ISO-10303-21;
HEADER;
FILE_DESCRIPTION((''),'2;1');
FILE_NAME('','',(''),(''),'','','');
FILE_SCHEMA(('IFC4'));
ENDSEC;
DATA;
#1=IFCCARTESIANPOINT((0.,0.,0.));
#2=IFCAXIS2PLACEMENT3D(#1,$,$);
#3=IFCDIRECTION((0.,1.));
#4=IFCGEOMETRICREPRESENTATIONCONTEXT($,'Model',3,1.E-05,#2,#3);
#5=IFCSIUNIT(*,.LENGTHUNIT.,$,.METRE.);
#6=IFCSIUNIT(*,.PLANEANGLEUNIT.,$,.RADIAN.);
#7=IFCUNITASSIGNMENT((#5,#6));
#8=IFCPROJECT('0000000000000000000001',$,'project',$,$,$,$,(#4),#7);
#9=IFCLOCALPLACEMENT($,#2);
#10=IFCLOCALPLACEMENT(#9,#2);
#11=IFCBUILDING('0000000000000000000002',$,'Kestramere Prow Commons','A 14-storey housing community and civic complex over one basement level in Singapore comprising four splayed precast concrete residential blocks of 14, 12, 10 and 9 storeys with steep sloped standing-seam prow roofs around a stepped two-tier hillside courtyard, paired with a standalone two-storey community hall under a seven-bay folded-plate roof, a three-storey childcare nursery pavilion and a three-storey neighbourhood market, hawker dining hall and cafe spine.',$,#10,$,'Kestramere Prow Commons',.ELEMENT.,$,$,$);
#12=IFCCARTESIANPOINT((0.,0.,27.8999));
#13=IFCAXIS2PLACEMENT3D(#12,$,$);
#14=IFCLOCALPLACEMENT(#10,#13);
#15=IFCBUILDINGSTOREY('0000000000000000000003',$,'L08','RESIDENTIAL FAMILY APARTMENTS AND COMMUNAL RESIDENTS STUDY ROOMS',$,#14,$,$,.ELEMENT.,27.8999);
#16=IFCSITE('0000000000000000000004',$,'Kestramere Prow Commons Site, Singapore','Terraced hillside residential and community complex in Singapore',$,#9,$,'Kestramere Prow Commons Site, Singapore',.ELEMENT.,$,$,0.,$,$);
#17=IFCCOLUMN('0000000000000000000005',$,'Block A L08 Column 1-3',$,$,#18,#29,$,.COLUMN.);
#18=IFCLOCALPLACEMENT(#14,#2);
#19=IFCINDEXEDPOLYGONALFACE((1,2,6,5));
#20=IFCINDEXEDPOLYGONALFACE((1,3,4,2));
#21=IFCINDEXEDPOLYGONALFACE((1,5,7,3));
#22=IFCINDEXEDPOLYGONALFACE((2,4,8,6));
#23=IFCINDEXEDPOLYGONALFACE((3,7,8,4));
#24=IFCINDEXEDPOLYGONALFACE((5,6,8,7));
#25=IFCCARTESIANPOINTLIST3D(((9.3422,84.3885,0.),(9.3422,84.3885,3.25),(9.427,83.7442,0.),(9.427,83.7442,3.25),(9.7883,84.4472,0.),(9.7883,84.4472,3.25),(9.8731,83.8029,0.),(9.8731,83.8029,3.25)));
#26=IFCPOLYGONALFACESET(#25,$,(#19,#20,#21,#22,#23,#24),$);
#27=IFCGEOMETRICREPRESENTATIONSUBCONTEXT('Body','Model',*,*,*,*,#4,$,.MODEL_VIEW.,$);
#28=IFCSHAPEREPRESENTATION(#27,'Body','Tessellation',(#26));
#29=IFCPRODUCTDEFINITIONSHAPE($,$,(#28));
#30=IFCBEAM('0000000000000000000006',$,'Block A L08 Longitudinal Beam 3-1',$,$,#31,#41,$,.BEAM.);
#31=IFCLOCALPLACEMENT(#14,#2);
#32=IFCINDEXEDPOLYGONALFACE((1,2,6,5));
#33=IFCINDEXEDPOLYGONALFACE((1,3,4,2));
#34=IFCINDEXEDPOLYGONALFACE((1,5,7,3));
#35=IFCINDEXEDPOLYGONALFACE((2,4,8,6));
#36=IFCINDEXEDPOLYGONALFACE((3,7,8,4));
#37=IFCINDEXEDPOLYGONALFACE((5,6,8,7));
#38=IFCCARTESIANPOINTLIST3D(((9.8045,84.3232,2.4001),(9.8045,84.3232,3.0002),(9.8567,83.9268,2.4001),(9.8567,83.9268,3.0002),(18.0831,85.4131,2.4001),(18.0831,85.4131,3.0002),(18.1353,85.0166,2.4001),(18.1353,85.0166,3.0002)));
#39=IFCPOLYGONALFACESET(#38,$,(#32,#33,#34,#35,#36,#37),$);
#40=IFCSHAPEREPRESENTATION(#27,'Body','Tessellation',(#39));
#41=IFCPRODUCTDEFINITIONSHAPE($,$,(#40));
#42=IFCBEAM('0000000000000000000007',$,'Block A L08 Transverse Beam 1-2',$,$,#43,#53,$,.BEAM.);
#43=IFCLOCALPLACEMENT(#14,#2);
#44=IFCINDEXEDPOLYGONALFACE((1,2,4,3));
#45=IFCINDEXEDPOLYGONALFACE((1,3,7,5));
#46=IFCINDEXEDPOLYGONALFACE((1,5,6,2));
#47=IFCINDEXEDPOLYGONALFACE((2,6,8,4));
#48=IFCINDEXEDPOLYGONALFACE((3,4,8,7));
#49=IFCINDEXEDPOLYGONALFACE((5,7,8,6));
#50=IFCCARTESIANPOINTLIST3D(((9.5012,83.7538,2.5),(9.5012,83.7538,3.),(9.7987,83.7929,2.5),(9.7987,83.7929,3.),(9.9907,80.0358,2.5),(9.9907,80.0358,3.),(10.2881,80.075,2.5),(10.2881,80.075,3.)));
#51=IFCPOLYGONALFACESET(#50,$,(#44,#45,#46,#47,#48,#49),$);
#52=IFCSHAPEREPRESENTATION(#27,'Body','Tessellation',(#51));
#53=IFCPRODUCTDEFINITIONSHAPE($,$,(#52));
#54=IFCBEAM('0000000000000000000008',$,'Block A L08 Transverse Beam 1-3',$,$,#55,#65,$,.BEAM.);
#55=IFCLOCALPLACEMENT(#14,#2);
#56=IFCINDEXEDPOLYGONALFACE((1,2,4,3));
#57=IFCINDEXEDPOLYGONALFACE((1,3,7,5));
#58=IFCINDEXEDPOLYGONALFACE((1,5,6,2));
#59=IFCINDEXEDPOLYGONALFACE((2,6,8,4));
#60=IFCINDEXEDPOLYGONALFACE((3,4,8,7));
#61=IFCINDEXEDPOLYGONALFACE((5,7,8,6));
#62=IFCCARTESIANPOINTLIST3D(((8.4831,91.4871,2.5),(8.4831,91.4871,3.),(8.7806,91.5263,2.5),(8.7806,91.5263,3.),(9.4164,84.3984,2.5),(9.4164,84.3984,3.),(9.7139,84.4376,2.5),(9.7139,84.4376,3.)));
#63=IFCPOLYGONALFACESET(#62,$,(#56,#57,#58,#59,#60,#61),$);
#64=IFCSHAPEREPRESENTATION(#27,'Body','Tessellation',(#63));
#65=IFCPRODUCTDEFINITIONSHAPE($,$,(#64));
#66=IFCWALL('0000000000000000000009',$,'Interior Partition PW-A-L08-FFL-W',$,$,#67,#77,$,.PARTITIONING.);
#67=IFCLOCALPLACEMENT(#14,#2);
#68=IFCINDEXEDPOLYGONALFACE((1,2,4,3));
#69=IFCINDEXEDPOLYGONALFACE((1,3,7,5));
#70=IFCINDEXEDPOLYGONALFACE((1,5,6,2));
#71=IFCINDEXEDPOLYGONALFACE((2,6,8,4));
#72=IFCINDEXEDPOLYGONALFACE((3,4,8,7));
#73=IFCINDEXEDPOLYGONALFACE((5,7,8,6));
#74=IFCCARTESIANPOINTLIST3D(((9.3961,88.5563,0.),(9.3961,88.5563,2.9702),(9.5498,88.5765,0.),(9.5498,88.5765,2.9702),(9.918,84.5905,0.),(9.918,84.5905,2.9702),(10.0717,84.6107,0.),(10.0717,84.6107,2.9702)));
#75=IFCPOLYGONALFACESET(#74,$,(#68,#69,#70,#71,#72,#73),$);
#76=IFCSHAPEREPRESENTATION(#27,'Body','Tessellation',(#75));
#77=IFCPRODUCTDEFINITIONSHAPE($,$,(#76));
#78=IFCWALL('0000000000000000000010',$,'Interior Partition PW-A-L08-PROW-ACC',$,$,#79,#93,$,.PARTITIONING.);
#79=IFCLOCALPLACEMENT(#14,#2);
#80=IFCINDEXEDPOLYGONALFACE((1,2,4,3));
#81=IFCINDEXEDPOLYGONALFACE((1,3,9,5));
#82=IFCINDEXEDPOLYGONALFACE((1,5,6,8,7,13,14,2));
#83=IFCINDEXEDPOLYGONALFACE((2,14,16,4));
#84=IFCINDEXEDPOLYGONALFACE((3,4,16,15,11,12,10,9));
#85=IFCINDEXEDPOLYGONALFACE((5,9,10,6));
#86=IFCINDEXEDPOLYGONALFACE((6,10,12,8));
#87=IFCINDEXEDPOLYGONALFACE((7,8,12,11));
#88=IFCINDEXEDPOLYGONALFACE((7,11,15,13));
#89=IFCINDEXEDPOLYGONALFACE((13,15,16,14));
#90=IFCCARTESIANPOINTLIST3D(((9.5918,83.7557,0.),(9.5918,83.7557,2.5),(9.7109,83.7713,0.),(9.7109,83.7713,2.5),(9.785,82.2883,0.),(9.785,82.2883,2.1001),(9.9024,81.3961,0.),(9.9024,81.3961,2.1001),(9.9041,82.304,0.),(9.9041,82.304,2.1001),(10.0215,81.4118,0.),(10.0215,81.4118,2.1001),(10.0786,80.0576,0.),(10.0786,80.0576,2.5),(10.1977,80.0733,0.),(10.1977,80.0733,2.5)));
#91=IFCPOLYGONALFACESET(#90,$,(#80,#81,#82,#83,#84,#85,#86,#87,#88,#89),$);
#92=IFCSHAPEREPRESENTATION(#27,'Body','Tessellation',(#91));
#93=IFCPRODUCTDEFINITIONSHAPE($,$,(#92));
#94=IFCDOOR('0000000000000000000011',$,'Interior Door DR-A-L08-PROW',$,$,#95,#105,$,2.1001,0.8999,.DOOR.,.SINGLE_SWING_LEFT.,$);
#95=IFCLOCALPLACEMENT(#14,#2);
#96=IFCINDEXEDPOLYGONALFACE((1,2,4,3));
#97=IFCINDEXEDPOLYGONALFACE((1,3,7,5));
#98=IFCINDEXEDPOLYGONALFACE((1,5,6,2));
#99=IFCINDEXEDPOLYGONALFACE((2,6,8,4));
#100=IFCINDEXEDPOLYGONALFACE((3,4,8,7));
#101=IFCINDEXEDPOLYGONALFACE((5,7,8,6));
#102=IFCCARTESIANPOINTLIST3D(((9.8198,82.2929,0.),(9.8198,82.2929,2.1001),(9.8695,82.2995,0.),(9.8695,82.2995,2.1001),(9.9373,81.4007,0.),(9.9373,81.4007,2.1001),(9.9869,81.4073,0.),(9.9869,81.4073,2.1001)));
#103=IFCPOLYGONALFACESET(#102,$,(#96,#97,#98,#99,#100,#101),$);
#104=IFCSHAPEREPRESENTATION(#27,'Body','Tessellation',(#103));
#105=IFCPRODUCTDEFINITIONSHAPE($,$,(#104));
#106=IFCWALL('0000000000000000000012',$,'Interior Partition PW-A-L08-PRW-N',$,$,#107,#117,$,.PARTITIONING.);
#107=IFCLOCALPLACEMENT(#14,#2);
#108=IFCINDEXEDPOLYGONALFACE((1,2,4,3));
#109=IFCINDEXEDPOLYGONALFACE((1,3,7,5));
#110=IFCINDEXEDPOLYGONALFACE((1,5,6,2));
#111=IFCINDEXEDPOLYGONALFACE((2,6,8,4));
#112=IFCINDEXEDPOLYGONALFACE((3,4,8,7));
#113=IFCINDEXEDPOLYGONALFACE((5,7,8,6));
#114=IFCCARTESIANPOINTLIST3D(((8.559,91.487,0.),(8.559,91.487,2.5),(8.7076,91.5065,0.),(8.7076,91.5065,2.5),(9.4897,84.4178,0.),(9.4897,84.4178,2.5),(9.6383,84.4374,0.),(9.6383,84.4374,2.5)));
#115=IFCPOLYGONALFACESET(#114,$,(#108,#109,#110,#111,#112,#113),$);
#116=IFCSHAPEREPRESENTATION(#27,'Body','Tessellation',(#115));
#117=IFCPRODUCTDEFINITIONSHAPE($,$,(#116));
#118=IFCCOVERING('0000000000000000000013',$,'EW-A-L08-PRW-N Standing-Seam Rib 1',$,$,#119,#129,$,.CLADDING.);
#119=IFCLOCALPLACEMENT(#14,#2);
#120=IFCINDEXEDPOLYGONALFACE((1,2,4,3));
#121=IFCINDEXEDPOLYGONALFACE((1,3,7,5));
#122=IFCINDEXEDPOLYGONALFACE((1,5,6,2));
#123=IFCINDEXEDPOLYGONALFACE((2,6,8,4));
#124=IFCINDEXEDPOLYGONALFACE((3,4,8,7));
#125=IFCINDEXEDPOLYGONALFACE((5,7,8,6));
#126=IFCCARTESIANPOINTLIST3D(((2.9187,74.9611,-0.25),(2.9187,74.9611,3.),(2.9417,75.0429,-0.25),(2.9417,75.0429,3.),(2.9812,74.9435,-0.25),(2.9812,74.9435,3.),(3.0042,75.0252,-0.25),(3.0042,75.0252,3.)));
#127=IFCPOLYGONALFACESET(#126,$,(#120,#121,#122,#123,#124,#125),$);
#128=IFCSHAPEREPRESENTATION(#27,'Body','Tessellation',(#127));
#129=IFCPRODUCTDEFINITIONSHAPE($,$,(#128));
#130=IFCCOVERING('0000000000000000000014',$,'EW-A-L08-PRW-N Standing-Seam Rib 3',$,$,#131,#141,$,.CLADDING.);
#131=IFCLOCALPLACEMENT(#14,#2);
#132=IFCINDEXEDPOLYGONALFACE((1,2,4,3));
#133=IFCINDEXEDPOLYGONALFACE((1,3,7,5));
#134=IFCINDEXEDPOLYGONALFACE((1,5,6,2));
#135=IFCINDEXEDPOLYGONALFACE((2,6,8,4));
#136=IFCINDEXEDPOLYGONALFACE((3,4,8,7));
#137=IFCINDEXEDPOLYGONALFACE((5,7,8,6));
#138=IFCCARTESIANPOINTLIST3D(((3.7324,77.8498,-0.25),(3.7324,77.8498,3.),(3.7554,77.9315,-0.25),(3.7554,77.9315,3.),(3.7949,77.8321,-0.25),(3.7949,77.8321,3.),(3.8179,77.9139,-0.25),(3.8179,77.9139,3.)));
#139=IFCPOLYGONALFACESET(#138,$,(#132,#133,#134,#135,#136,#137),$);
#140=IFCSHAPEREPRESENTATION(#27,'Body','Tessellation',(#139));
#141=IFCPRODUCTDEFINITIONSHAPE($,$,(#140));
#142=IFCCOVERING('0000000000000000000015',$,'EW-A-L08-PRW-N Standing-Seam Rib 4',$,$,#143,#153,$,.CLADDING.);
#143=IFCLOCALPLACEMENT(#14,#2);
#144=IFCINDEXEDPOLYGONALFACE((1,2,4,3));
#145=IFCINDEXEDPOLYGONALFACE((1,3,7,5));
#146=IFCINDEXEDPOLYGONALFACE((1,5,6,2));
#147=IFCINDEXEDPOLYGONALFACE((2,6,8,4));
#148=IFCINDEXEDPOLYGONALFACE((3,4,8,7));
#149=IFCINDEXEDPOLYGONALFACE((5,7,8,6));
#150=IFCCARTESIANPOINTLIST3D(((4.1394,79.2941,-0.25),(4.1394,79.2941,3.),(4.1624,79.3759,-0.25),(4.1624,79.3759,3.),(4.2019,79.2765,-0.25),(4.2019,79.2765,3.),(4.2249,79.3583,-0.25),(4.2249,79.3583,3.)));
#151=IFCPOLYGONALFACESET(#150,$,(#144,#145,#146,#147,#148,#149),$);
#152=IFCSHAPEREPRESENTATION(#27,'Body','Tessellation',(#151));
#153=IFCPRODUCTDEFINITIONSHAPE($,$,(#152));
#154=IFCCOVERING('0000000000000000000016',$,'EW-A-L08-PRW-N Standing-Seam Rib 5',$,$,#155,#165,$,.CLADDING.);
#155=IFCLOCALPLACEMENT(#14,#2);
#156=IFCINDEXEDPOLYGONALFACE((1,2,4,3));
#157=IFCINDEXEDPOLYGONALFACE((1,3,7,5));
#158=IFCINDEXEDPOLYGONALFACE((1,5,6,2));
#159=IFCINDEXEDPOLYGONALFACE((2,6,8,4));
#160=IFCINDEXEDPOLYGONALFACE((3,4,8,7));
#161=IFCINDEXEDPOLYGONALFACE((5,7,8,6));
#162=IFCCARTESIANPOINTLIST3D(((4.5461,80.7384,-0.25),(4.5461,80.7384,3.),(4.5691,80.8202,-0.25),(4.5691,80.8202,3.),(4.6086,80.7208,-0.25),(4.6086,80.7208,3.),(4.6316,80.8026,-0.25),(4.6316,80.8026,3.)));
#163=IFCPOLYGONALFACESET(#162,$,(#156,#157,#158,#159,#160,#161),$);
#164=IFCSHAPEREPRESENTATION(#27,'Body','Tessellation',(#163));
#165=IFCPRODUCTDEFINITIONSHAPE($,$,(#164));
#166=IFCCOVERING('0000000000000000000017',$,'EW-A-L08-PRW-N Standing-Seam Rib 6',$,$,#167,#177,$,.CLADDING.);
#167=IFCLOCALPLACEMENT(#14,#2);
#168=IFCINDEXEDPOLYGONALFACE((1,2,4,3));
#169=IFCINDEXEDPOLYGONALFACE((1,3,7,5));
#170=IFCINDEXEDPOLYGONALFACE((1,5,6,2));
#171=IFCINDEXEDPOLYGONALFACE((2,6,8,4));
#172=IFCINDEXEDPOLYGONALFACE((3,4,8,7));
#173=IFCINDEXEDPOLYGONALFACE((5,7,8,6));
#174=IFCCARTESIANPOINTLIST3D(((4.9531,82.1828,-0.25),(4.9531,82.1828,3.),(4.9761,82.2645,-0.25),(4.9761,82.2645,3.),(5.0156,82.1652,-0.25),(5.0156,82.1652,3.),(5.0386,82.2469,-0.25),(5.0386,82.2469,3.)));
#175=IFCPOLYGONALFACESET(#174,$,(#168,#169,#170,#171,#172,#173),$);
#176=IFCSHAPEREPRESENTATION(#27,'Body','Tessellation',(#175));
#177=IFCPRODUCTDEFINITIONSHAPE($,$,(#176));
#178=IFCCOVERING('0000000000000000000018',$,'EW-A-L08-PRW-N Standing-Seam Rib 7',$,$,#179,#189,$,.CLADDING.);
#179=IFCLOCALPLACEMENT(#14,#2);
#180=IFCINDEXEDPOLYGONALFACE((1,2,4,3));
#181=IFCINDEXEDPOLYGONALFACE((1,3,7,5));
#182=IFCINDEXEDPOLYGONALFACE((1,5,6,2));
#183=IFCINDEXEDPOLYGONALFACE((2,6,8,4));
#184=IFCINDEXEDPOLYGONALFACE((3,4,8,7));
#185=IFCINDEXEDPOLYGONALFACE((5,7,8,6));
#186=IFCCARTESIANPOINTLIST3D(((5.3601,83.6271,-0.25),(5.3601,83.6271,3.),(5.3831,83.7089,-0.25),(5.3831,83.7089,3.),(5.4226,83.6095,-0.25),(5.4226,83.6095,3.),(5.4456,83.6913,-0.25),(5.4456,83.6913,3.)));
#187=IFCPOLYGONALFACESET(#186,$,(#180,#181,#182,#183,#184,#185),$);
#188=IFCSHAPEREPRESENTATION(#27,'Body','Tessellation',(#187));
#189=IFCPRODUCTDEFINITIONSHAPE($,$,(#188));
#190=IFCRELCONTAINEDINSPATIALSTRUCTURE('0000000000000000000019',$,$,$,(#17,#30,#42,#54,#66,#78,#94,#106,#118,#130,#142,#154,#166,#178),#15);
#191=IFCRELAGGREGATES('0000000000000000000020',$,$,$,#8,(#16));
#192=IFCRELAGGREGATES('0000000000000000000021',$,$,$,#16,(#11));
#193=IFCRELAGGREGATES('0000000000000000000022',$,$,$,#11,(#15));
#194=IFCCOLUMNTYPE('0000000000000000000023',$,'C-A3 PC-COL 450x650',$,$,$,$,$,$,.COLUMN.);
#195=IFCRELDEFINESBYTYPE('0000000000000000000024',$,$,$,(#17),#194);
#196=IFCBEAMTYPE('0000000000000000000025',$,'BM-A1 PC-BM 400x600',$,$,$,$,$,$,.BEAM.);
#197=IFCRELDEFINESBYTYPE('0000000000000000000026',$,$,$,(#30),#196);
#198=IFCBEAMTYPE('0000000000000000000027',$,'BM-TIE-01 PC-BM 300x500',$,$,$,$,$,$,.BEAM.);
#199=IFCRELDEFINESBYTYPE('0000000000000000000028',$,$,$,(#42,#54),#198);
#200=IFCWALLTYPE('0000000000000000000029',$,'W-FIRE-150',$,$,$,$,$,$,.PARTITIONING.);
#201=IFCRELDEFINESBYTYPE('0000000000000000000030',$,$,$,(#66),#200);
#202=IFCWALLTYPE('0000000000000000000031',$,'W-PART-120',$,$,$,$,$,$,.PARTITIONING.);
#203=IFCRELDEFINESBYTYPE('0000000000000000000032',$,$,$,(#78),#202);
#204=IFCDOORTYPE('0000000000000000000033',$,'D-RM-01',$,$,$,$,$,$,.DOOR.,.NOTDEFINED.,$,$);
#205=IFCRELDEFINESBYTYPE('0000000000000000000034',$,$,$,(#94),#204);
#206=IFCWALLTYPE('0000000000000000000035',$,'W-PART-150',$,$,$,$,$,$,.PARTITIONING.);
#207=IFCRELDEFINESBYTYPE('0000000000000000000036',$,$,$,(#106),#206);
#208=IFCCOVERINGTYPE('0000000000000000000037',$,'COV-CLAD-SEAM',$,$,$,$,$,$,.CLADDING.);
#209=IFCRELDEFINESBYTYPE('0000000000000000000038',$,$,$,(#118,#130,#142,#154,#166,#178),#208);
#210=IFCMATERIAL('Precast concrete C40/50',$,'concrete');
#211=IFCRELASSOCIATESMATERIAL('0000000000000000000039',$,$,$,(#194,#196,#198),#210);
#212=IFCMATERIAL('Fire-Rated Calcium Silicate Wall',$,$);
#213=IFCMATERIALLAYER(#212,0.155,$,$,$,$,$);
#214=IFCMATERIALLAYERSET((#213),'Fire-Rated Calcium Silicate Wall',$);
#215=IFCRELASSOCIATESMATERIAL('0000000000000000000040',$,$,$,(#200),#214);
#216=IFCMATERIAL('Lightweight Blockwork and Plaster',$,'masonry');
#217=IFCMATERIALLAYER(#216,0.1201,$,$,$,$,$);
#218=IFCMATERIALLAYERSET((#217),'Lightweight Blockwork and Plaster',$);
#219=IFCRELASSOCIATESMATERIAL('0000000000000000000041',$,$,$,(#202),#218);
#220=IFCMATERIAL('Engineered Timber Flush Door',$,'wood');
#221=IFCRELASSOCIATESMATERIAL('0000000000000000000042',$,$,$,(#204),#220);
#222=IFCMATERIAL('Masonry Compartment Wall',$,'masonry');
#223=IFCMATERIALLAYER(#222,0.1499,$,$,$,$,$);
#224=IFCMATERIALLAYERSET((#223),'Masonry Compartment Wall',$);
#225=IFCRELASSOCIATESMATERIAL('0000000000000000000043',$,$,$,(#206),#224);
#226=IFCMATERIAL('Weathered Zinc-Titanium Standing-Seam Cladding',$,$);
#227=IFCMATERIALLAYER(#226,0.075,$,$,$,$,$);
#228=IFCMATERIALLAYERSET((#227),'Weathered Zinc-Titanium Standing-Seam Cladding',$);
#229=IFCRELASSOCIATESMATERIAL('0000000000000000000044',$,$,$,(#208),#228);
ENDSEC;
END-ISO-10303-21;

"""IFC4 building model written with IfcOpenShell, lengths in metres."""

from ifc_helpers import new_model, si_unit, direction, frame, frame_2d, origin, origin_2d, place, context, subcontext, project, spatial, rectangle, extrude, material, layer, layer_set, material_profile, profile_set, type_object, element, fill, save


model = new_model("IFC4")

# Units and contexts
model_context = context("Model", 3, precision=1e-05, world=origin(), true_north=direction((0.0, 1.0)))
body_context = subcontext(model_context, "Body", "Model", "MODEL_VIEW")
ifc_project = project(units=[si_unit("LENGTHUNIT", "METRE"), si_unit("PLANEANGLEUNIT", "RADIAN")], contexts=[model_context])

# Site, building, storey
site_placement = place(None, origin())
site = spatial("IfcSite", under=ifc_project, at=site_placement, Name="Kestramere Prow Commons Site, Singapore", Description="Terraced hillside residential and community complex in Singapore", LongName="Kestramere Prow Commons Site, Singapore", CompositionType="ELEMENT", RefElevation=0.0)
building_placement = place(site_placement, origin())
building = spatial("IfcBuilding", under=site, at=building_placement, Name="Kestramere Prow Commons", Description="A 14-storey housing community and civic complex over one basement level in Singapore comprising four splayed precast concrete residential blocks of 14, 12, 10 and 9 storeys with steep sloped standing-seam prow roofs around a stepped two-tier hillside courtyard, paired with a standalone two-storey community hall under a seven-bay folded-plate roof, a three-storey childcare nursery pavilion and a three-storey neighbourhood market, hawker dining hall and cafe spine.", LongName="Kestramere Prow Commons", CompositionType="ELEMENT")
storey_placement = place(building_placement, frame((0.0, 0.0, 27.8999)))
storey = spatial("IfcBuildingStorey", under=building, at=storey_placement, Name="L08", Description="RESIDENTIAL FAMILY APARTMENTS AND COMMUNAL RESIDENTS STUDY ROOMS", CompositionType="ELEMENT", Elevation=27.8999)

# Column
ifc_material_1 = material(Name="Precast concrete C40/50", Category="concrete")
ifc_material_profile_1 = material_profile(ifc_material_1, rectangle(XDim=0.45, YDim=0.6499, at=origin_2d()), Name="PC-COL 450x650")
ifc_profile_set_1 = profile_set([ifc_material_profile_1], Name="Precast concrete C40/50")
column_type = type_object("IfcColumnType", Name="C-A3 PC-COL 450x650", PredefinedType="COLUMN", material=ifc_profile_set_1)
column_placement = place(storey_placement, frame((9.6077, 84.0957, 0.0), z_axis=(0.0, 0.0, 1.0), x_axis=(0.991445, 0.130526, 0.0)))
element("IfcColumn", 1, at=column_placement, inside=storey, type_object=column_type, Name="Block A L08 Column 1-3", PredefinedType="COLUMN", context=body_context, shape_type="SweptSolid", body=[
    extrude(rectangle(XDim=0.45, YDim=0.6499, at=origin_2d()), origin(), (0.0, 0.0, 1.0), 3.25),
])

# Beams
ifc_material_profile_2 = material_profile(ifc_material_1, rectangle(XDim=0.3999, YDim=0.6001, at=origin_2d()), Name="PC-BM 400x600")
ifc_profile_set_2 = profile_set([ifc_material_profile_2], Name="Precast concrete C40/50")
beam_type_1 = type_object("IfcBeamType", Name="BM-A1 PC-BM 400x600", PredefinedType="BEAM", material=ifc_profile_set_2)
beam_1_placement = place(storey_placement, frame((9.8306, 84.125, 2.7002), z_axis=(0.991446, 0.13052, 0.0), x_axis=(-0.13052, 0.991446, 0.0)))
element("IfcBeam", 2, at=beam_1_placement, inside=storey, type_object=beam_type_1, Name="Block A L08 Longitudinal Beam 3-1", PredefinedType="BEAM", context=body_context, shape_type="SweptSolid", body=[
    extrude(rectangle(XDim=0.3999, YDim=0.6001, at=origin_2d()), origin(), (0.0, 0.0, 1.0), 8.3501),
])
ifc_material_profile_3 = material_profile(ifc_material_1, rectangle(XDim=0.3, YDim=0.5, at=origin_2d()), Name="PC-BM 300x500")
ifc_profile_set_3 = profile_set([ifc_material_profile_3], Name="Precast concrete C40/50")
beam_type_2 = type_object("IfcBeamType", Name="BM-TIE-01 PC-BM 300x500", PredefinedType="BEAM", material=ifc_profile_set_3)
beam_2_placement = place(storey_placement, frame((10.1394, 80.0554, 2.75), z_axis=(-0.13053, 0.991444, 0.0), x_axis=(-0.991444, -0.13053, 0.0)))
element("IfcBeam", 3, at=beam_2_placement, inside=storey, type_object=beam_type_2, Name="Block A L08 Transverse Beam 1-2", PredefinedType="BEAM", context=body_context, shape_type="SweptSolid", body=[
    extrude(rectangle(XDim=0.3, YDim=0.5, at=origin_2d()), origin(), (0.0, 0.0, 1.0), 3.75),
])
beam_3_placement = place(storey_placement, frame((9.5652, 84.418, 2.75), z_axis=(-0.130542, 0.991443, 0.0), x_axis=(-0.991443, -0.130542, 0.0)))
element("IfcBeam", 4, at=beam_3_placement, inside=storey, type_object=beam_type_2, Name="Block A L08 Transverse Beam 1-3", PredefinedType="BEAM", context=body_context, shape_type="SweptSolid", body=[
    extrude(rectangle(XDim=0.3, YDim=0.5, at=origin_2d()), origin(), (0.0, 0.0, 1.0), 7.1499),
])

# Shared definitions
ifc_material_2 = material(Name="Fire-Rated Calcium Silicate Wall")
ifc_layer_1 = layer(ifc_material_2, 0.155)
ifc_layer_set_1 = layer_set([ifc_layer_1], Name="Fire-Rated Calcium Silicate Wall")
wall_type_1 = type_object("IfcWallType", Name="W-FIRE-150", PredefinedType="PARTITIONING", material=ifc_layer_set_1)

# Wall
wall_1_placement = place(storey_placement, frame((9.9949, 84.6006, 0.0), z_axis=(0.0, 0.0, 1.0), x_axis=(-0.130492, 0.991449, 0.0)))
element("IfcWall", 5, at=wall_1_placement, inside=storey, type_object=wall_type_1, Name="Interior Partition PW-A-L08-FFL-W", PredefinedType="PARTITIONING", context=body_context, shape_type="SweptSolid", body=[
    extrude(rectangle(XDim=4.0, YDim=0.155, at=frame_2d((2.0, 0.0))), origin(), (0.0, 0.0, 1.0), 2.9702),
])

# Wall, opening, door
ifc_material_3 = material(Name="Lightweight Blockwork and Plaster", Category="masonry")
ifc_layer_2 = layer(ifc_material_3, 0.1201)
ifc_layer_set_2 = layer_set([ifc_layer_2], Name="Lightweight Blockwork and Plaster")
wall_type_2 = type_object("IfcWallType", Name="W-PART-120", PredefinedType="PARTITIONING", material=ifc_layer_set_2)
wall_2_placement = place(storey_placement, frame((10.1382, 80.0654, 0.0), z_axis=(0.0, 0.0, 1.0), x_axis=(-0.130517, 0.991446, 0.0)))
wall_2 = element("IfcWall", 6, at=wall_2_placement, inside=storey, type_object=wall_type_2, Name="Interior Partition PW-A-L08-PROW-ACC", PredefinedType="PARTITIONING", context=body_context, shape_type="SweptSolid", body=[
    extrude(rectangle(XDim=3.73, YDim=0.1201, at=frame_2d((1.865, 0.0))), origin(), (0.0, 0.0, 1.0), 2.5),
])
opening_1_placement = place(wall_2_placement, frame((1.3501, 0.0, 0.0)))
opening_1 = element("IfcOpeningElement", 7, at=opening_1_placement, cuts=wall_2, PredefinedType="OPENING", context=body_context, shape_type="SweptSolid", body=[
    extrude(rectangle(XDim=0.8999, YDim=2.1001, at=frame_2d((0.45, 1.05))), frame((0.0, 0.075, 0.0), z_axis=(0.0, -1.0, 0.0), x_axis=(1.0, 0.0, 0.0)), (0.0, 0.0, 1.0), 0.1501),
])
ifc_material_4 = material(Name="Engineered Timber Flush Door", Category="wood")
door_type_1 = type_object("IfcDoorType", Name="D-RM-01", OperationType="NOTDEFINED", PredefinedType="DOOR", material=ifc_material_4)
door_1_placement = place(opening_1_placement, origin())
door_1 = element("IfcDoor", 8, at=door_1_placement, inside=storey, type_object=door_type_1, Name="Interior Door DR-A-L08-PROW", OperationType="SINGLE_SWING_LEFT", OverallHeight=2.1001, OverallWidth=0.8999, PredefinedType="DOOR", context=body_context, shape_type="SweptSolid", body=[
    extrude(rectangle(XDim=0.8999, YDim=2.1001, at=frame_2d((0.45, 1.05))), frame((0.0, 0.0249, 0.0), z_axis=(0.0, -1.0, 0.0), x_axis=(1.0, 0.0, 0.0)), (0.0, 0.0, 1.0), 0.05),
])
fill(opening_1, door_1)

# Wall
ifc_material_5 = material(Name="Masonry Compartment Wall", Category="masonry")
ifc_layer_3 = layer(ifc_material_5, 0.1499)
ifc_layer_set_3 = layer_set([ifc_layer_3], Name="Masonry Compartment Wall")
wall_type_3 = type_object("IfcWallType", Name="W-PART-150", PredefinedType="PARTITIONING", material=ifc_layer_set_3)
wall_3_placement = place(storey_placement, frame((9.564, 84.4277, 0.0), z_axis=(0.0, 0.0, 1.0), x_axis=(-0.130526, 0.991445, 0.0)))
element("IfcWall", 9, at=wall_3_placement, inside=storey, type_object=wall_type_3, Name="Interior Partition PW-A-L08-PRW-N", PredefinedType="PARTITIONING", context=body_context, shape_type="SweptSolid", body=[
    extrude(rectangle(XDim=7.1301, YDim=0.1499, at=frame_2d((3.5649, 0.0))), origin(), (0.0, 0.0, 1.0), 2.5),
])

# Coverings
ifc_material_6 = material(Name="Weathered Zinc-Titanium Standing-Seam Cladding")
ifc_layer_4 = layer(ifc_material_6, 0.075)
ifc_layer_set_4 = layer_set([ifc_layer_4], Name="Weathered Zinc-Titanium Standing-Seam Cladding")
covering_type = type_object("IfcCoveringType", Name="COV-CLAD-SEAM", PredefinedType="CLADDING", material=ifc_layer_set_4)
for number, where, z_axis, x_axis, name in (
    (10, (2.9614, 74.9932, -0.25), (0.0, 0.0, 1.0), (0.27116, 0.962534, 0.0), "EW-A-L08-PRW-N Standing-Seam Rib 1"),
    (11, (3.7751, 77.8818, -0.25), (0.0, 0.0, 1.0), (0.27116, 0.962534, 0.0), "EW-A-L08-PRW-N Standing-Seam Rib 3"),
    (12, (4.1821, 79.3262, -0.25), (0.0, 0.0, 1.0), (0.27116, 0.962534, 0.0), "EW-A-L08-PRW-N Standing-Seam Rib 4"),
    (13, (4.5889, 80.7705, -0.25), (0.0, 0.0, 1.0), (0.27116, 0.962534, 0.0), "EW-A-L08-PRW-N Standing-Seam Rib 5"),
    (14, (4.9958, 82.2148, -0.25), (0.0, 0.0, 1.0), (0.27116, 0.962534, 0.0), "EW-A-L08-PRW-N Standing-Seam Rib 6"),
    (15, (5.4028, 83.6592, -0.25), (0.0, 0.0, 1.0), (0.27116, 0.962534, 0.0), "EW-A-L08-PRW-N Standing-Seam Rib 7"),
):
    element("IfcCovering", number, at=place(storey_placement, frame(where, z_axis=z_axis, x_axis=x_axis)), inside=storey, type_object=covering_type, Name=name, PredefinedType="CLADDING", context=body_context, shape_type="SweptSolid", body=[
        extrude(rectangle(XDim=0.085, YDim=0.0649, at=origin_2d()), origin(), (0.0, 0.0, 1.0), 3.25),
    ])

save(model, "model.ifc")
